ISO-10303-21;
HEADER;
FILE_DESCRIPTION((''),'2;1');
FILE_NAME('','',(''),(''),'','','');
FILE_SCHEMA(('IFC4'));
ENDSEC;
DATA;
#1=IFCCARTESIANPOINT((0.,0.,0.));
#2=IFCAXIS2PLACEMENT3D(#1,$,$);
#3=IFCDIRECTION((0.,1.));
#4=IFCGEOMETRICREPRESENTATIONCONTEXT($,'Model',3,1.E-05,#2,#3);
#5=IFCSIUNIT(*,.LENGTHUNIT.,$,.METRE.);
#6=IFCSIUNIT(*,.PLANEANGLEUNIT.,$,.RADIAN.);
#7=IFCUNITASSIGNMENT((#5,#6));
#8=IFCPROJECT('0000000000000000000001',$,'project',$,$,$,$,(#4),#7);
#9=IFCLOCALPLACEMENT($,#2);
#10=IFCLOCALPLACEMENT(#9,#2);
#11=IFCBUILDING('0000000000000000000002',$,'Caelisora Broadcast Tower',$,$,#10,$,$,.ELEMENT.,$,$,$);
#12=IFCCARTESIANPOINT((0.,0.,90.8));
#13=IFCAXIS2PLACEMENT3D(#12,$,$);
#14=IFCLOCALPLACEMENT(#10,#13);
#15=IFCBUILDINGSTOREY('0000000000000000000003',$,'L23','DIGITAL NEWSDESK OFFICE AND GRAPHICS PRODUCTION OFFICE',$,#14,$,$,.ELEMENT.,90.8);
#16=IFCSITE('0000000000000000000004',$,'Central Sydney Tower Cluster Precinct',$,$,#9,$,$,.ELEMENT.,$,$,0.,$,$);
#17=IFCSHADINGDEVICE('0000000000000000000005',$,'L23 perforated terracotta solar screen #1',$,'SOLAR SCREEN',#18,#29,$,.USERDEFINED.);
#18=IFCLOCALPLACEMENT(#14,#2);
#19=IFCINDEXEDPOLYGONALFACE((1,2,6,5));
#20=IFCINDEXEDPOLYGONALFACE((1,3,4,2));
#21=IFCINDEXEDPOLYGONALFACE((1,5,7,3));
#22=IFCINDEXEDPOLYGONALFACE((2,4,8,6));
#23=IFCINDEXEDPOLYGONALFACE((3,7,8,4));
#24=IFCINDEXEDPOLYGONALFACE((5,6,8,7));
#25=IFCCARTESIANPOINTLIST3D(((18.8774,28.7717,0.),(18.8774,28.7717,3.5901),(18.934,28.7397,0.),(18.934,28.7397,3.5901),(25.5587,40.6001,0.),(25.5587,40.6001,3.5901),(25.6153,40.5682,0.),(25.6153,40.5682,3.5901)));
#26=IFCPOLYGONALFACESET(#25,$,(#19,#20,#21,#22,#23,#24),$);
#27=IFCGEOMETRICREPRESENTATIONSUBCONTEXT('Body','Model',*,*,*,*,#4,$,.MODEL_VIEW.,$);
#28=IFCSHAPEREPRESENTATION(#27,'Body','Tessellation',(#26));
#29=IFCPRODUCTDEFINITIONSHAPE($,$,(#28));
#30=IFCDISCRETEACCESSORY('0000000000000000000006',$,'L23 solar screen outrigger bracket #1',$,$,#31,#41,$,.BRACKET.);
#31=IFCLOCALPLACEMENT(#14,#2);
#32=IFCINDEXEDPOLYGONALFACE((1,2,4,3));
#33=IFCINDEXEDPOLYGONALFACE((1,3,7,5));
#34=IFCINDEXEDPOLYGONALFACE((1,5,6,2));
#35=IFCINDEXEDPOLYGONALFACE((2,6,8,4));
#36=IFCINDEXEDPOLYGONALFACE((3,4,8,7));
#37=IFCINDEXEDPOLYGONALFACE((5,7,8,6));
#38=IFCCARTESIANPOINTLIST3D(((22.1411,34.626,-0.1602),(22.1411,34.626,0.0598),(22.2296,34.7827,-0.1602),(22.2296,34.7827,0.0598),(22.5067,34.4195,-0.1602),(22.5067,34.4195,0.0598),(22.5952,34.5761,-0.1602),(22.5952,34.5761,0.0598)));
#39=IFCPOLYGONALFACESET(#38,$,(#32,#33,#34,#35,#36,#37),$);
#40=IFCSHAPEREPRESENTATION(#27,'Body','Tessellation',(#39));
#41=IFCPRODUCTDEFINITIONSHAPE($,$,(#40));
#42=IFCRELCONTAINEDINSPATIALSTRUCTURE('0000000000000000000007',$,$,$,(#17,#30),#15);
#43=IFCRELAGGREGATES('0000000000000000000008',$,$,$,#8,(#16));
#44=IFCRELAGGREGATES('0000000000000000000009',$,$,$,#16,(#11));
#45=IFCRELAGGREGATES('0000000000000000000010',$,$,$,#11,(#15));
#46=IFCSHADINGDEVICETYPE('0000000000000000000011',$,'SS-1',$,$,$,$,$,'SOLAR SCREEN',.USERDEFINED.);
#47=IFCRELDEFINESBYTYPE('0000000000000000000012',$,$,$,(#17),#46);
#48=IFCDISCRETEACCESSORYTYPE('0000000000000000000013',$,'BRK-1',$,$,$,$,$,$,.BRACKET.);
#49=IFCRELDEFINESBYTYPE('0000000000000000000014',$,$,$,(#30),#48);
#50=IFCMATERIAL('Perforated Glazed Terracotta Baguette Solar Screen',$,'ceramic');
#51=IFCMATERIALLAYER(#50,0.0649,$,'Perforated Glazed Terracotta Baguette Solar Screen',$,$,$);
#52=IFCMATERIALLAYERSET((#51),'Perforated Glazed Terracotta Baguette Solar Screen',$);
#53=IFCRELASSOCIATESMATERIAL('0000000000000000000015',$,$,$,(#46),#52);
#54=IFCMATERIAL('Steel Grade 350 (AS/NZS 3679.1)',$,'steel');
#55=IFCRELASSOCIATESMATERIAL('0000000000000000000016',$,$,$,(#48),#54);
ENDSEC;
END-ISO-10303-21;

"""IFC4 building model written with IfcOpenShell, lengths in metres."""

from ifc_helpers import new_model, si_unit, direction, frame, origin, origin_2d, place, context, subcontext, project, spatial, rectangle, extrude, source, transform, mapped, material, layer, layer_set, type_object, type_shapes, element, save


model = new_model("IFC4")

# Units and contexts
model_context = context("Model", 3, precision=1e-05, world=origin(), true_north=direction((0.0, 1.0)))
body_context = subcontext(model_context, "Body", "Model", "MODEL_VIEW")
ifc_project = project(units=[si_unit("LENGTHUNIT", "METRE"), si_unit("PLANEANGLEUNIT", "RADIAN")], contexts=[model_context])

# Site, building, storey
site_placement = place(None, origin())
site = spatial("IfcSite", under=ifc_project, at=site_placement, Name="Central Sydney Tower Cluster Precinct", CompositionType="ELEMENT", RefElevation=0.0)
building_placement = place(site_placement, origin())
building = spatial("IfcBuilding", under=site, at=building_placement, Name="Caelisora Broadcast Tower", CompositionType="ELEMENT")
storey_placement = place(building_placement, frame((0.0, 0.0, 90.8)))
storey = spatial("IfcBuildingStorey", under=building, at=storey_placement, Name="L23", Description="DIGITAL NEWSDESK OFFICE AND GRAPHICS PRODUCTION OFFICE", CompositionType="ELEMENT", Elevation=90.8)

# Shared definitions
ifc_material_1 = material(Name="Steel Grade 350 (AS/NZS 3679.1)", Category="steel")

# Shading device
ifc_material_2 = material(Name="Perforated Glazed Terracotta Baguette Solar Screen", Category="ceramic")
ifc_layer_1 = layer(ifc_material_2, 0.0649, Name="Perforated Glazed Terracotta Baguette Solar Screen")
ifc_layer_set_1 = layer_set([ifc_layer_1], Name="Perforated Glazed Terracotta Baguette Solar Screen")
shading_device_type = type_object("IfcShadingDeviceType", Name="SS-1", ElementType="SOLAR SCREEN", PredefinedType="USERDEFINED", material=ifc_layer_set_1)
shared_shape_1 = source(origin(), body_context, "Body", "SweptSolid", [
    extrude(rectangle(XDim=13.585, YDim=0.0649, at=origin_2d()), origin(), (0.0, 0.0, 1.0), 3.5901),
])
type_shapes(shading_device_type, [shared_shape_1])
shading_device_placement = place(storey_placement, frame((22.2463, 34.6699, 0.0), z_axis=(0.0, 0.0, 1.0), x_axis=(-0.491816, -0.870699, 0.0)))
element("IfcShadingDevice", 1, at=shading_device_placement, inside=storey, type_object=shading_device_type, Name="L23 perforated terracotta solar screen #1", ObjectType="SOLAR SCREEN", PredefinedType="USERDEFINED", context=body_context, shape_type="MappedRepresentation", body=[
    mapped(shared_shape_1, transform((0.0, 0.0, 0.0), scale=1.0)),
])

# Discrete accessory
discrete_accessory_type = type_object("IfcDiscreteAccessoryType", Name="BRK-1", PredefinedType="BRACKET", material=ifc_material_1)
shared_shape_2 = source(origin(), body_context, "Body", "SweptSolid", [
    extrude(rectangle(XDim=0.1799, YDim=0.4199, at=origin_2d()), origin(), (0.0, 0.0, 1.0), 0.22),
])
type_shapes(discrete_accessory_type, [shared_shape_2])
discrete_accessory_placement = place(storey_placement, frame((22.3682, 34.6011, -0.1602), z_axis=(0.0, 0.0, 1.0), x_axis=(-0.491816, -0.870699, 0.0)))
element("IfcDiscreteAccessory", 2, at=discrete_accessory_placement, inside=storey, type_object=discrete_accessory_type, Name="L23 solar screen outrigger bracket #1", PredefinedType="BRACKET", context=body_context, shape_type="MappedRepresentation", body=[
    mapped(shared_shape_2, transform((0.0, 0.0, 0.0), scale=1.0)),
])

save(model, "model.ifc")
